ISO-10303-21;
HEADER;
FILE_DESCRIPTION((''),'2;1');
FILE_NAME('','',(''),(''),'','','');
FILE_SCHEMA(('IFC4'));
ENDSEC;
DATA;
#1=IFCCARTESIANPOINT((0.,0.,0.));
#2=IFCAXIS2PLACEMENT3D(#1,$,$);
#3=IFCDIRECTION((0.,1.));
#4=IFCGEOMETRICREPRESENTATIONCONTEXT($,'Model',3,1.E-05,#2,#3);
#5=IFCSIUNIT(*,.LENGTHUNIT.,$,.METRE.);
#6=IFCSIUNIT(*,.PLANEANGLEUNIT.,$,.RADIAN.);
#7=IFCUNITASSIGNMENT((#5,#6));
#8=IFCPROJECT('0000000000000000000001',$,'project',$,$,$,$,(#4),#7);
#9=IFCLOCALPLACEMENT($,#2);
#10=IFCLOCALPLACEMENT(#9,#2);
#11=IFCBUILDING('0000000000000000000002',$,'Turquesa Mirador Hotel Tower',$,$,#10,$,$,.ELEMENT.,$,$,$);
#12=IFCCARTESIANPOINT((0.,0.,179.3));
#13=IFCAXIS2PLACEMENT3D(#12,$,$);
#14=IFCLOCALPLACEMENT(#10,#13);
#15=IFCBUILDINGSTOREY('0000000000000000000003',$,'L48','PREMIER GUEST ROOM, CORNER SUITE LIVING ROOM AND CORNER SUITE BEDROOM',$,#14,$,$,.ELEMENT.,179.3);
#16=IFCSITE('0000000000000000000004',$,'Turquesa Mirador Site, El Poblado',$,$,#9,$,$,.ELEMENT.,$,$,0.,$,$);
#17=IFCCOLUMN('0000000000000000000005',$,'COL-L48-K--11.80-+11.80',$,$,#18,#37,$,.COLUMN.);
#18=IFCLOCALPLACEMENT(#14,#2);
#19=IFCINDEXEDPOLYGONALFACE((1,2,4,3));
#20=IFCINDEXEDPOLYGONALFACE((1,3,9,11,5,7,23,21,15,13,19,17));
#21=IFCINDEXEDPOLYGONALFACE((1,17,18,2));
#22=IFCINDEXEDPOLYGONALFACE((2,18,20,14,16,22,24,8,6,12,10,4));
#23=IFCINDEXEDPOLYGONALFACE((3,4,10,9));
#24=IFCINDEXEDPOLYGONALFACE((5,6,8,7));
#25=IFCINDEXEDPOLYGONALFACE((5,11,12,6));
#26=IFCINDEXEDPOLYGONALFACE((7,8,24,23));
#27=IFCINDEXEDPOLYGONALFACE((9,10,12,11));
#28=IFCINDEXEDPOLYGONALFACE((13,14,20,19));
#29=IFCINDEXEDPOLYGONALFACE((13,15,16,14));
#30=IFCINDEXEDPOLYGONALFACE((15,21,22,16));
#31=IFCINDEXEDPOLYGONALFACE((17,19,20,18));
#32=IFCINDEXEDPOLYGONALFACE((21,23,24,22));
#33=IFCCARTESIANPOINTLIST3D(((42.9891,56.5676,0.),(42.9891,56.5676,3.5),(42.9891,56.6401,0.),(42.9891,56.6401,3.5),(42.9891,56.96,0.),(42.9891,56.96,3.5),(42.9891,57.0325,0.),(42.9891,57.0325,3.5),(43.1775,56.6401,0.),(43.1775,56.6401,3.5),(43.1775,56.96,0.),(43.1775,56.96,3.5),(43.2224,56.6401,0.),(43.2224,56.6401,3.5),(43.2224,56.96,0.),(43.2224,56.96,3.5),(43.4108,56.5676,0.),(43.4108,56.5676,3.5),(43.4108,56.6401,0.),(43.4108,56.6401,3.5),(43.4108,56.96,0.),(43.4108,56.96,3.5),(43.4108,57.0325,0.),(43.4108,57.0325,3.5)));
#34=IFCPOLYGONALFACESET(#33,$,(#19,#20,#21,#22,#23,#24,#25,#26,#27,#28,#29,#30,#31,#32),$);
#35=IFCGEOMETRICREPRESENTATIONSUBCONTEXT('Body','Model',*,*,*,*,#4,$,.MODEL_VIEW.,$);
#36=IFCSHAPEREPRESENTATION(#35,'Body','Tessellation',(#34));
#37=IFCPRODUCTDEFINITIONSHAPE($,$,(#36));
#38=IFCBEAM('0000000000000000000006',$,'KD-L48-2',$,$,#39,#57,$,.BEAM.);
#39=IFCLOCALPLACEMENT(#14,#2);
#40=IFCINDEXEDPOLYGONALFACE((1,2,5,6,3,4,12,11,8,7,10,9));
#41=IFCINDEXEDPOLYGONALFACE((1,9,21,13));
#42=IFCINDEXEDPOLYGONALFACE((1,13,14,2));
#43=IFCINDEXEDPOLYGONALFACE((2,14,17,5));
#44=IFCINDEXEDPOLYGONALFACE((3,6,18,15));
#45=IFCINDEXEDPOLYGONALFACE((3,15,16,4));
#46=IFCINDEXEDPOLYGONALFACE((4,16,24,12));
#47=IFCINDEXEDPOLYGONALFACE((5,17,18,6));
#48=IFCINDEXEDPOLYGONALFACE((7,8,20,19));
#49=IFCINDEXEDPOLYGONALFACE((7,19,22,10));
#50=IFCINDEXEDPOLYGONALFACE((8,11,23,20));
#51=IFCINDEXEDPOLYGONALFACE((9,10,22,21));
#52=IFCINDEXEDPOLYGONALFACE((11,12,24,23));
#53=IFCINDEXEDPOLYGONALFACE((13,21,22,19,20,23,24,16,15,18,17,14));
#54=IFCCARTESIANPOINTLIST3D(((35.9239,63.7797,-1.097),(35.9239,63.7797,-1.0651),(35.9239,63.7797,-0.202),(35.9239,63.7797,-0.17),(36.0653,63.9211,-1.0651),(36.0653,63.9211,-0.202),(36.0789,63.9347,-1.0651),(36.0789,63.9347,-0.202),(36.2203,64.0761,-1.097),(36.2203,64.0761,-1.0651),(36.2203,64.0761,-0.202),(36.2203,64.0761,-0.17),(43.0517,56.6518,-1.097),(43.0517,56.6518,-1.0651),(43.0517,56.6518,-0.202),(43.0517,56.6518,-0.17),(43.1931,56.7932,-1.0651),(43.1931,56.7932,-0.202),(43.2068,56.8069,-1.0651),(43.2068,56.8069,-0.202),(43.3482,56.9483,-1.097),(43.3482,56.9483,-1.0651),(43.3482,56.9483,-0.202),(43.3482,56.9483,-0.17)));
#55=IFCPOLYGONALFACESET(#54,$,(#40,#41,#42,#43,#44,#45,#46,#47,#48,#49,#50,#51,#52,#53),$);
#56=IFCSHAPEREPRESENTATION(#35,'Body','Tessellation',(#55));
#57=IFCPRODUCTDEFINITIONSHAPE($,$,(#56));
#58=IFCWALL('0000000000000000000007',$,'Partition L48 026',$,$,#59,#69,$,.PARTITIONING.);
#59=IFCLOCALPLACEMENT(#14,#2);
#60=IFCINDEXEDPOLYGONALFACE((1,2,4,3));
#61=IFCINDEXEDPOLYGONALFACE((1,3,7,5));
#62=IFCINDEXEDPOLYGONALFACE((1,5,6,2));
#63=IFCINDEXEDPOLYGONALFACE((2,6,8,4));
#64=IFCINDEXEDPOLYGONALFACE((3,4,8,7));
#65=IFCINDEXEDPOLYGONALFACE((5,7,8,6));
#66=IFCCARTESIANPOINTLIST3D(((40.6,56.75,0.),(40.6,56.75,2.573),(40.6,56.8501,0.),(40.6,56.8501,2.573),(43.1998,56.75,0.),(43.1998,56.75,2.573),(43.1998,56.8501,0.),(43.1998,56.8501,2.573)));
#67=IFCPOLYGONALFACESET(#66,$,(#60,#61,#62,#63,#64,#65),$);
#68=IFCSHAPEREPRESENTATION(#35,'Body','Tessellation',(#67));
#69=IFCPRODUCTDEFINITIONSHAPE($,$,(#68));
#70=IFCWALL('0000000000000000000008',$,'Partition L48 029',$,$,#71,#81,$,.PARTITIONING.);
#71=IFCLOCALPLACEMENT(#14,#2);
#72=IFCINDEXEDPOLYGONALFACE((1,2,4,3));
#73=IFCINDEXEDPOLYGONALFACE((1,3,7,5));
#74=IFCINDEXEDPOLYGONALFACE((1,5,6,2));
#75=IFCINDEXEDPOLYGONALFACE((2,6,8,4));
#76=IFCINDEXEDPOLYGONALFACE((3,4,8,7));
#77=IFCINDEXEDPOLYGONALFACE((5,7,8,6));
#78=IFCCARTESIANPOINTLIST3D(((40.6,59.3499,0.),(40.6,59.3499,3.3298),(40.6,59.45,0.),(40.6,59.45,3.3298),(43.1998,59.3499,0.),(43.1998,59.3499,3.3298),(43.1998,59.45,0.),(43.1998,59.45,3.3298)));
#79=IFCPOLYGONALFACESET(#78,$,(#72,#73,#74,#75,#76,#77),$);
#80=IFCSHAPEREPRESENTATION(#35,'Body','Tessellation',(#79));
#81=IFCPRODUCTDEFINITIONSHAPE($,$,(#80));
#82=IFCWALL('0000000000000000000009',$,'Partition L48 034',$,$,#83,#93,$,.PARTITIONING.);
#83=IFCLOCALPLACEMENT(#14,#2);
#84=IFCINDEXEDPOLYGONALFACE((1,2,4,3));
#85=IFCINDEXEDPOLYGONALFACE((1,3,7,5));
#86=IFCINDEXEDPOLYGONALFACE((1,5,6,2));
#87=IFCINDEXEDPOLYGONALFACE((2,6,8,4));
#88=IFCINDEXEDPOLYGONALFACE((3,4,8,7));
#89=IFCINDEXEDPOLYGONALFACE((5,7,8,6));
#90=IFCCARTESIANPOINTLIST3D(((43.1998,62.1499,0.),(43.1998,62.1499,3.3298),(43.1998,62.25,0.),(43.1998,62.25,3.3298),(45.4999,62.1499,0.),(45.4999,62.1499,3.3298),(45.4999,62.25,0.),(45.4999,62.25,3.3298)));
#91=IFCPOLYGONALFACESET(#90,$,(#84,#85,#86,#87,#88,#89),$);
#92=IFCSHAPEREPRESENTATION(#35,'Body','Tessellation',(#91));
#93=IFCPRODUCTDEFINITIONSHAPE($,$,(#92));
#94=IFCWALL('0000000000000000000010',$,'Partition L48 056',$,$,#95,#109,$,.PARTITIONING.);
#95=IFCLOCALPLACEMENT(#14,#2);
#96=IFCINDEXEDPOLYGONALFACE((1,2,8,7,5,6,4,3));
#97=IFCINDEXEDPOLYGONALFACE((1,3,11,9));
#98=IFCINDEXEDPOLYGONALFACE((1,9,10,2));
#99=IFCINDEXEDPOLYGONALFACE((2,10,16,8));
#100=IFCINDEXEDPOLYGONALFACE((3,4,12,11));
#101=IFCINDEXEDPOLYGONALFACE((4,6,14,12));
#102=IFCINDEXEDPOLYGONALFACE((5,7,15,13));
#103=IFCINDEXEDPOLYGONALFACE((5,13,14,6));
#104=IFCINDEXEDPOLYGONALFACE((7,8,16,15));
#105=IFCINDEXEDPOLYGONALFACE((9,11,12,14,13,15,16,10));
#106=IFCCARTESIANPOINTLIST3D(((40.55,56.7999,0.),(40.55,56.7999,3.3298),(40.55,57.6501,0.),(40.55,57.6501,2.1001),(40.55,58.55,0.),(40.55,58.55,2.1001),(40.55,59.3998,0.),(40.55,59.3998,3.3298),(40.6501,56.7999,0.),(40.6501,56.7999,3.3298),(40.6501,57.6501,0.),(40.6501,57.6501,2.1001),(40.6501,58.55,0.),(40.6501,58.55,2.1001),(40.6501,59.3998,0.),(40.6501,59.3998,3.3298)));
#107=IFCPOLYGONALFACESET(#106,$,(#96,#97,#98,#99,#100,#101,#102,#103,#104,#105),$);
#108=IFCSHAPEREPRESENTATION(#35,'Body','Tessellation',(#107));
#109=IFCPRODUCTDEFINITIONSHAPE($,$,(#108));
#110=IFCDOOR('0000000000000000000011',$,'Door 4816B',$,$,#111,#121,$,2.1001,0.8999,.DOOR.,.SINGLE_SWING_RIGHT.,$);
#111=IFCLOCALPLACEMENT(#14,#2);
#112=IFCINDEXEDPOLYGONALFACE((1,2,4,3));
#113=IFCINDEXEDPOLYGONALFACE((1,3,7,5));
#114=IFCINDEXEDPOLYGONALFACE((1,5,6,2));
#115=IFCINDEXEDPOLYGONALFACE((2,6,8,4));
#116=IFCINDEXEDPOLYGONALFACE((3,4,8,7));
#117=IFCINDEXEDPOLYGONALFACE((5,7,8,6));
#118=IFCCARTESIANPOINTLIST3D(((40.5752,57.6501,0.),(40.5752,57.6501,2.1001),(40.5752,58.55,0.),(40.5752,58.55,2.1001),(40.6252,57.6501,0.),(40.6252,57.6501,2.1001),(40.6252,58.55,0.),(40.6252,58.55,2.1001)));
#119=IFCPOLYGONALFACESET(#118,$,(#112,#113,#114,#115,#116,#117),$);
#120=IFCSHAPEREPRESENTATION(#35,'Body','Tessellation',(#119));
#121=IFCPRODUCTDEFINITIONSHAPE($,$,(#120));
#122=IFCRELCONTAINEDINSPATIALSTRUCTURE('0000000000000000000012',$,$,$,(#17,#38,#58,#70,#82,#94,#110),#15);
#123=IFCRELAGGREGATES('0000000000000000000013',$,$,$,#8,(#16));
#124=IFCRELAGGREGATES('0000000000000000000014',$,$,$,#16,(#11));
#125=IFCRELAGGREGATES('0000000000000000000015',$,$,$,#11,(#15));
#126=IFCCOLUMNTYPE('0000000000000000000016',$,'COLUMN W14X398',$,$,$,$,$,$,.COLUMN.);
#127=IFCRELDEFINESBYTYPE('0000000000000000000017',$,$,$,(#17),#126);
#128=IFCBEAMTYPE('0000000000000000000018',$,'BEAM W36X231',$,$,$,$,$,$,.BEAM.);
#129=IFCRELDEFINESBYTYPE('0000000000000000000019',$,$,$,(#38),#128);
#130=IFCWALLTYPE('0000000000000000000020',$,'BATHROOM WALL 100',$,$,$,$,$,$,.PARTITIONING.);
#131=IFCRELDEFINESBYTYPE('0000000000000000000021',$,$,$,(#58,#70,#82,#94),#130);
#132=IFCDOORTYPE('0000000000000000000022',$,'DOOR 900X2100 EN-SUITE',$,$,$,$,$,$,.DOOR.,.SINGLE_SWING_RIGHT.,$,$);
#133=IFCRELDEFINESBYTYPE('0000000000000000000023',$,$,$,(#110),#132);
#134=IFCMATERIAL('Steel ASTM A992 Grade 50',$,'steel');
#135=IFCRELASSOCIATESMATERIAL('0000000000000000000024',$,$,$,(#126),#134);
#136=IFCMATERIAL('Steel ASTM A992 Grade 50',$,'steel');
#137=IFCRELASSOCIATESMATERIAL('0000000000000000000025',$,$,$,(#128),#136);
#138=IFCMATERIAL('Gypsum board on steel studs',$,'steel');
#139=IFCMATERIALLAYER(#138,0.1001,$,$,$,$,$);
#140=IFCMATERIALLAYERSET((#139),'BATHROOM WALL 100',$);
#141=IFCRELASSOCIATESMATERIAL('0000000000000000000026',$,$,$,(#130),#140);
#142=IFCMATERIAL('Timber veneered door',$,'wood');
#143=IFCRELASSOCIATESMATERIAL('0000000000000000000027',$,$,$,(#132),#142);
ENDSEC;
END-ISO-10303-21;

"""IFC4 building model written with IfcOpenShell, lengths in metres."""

from ifc_helpers import new_model, si_unit, direction, frame, frame_2d, origin, origin_2d, place, context, subcontext, project, spatial, rectangle, i_section, extrude, material, layer, layer_set, material_profile, profile_set, type_object, element, fill, save


model = new_model("IFC4")

# Units and contexts
model_context = context("Model", 3, precision=1e-05, world=origin(), true_north=direction((0.0, 1.0)))
body_context = subcontext(model_context, "Body", "Model", "MODEL_VIEW")
ifc_project = project(units=[si_unit("LENGTHUNIT", "METRE"), si_unit("PLANEANGLEUNIT", "RADIAN")], contexts=[model_context])

# Site, building, storey
site_placement = place(None, origin())
site = spatial("IfcSite", under=ifc_project, at=site_placement, Name="Turquesa Mirador Site, El Poblado", CompositionType="ELEMENT", RefElevation=0.0)
building_placement = place(site_placement, origin())
building = spatial("IfcBuilding", under=site, at=building_placement, Name="Turquesa Mirador Hotel Tower", CompositionType="ELEMENT")
storey_placement = place(building_placement, frame((0.0, 0.0, 179.3)))
storey = spatial("IfcBuildingStorey", under=building, at=storey_placement, Name="L48", Description="PREMIER GUEST ROOM, CORNER SUITE LIVING ROOM AND CORNER SUITE BEDROOM", CompositionType="ELEMENT", Elevation=179.3)

# Column
ifc_material_1 = material(Name="Steel ASTM A992 Grade 50", Category="steel")
ifc_material_profile_1 = material_profile(ifc_material_1, i_section(OverallWidth=0.4216, OverallDepth=0.4648, WebThickness=0.0449, FlangeThickness=0.0725, at=origin_2d()), Name="W14X398")
ifc_profile_set_1 = profile_set([ifc_material_profile_1], Name="Steel ASTM A992 Grade 50")
column_type = type_object("IfcColumnType", Name="COLUMN W14X398", PredefinedType="COLUMN", material=ifc_profile_set_1)
column_placement = place(storey_placement, frame((43.2, 56.8, 0.0), z_axis=(0.0, 0.0, 1.0), x_axis=(1.0, 0.0, 0.0)))
element("IfcColumn", 1, at=column_placement, inside=storey, type_object=column_type, Name="COL-L48-K--11.80-+11.80", PredefinedType="COLUMN", context=body_context, shape_type="SweptSolid", body=[
    extrude(i_section(OverallWidth=0.4216, OverallDepth=0.4648, WebThickness=0.0449, FlangeThickness=0.0725, at=origin_2d()), origin(), (0.0, 0.0, 1.0), 3.5),
])

# Beam
ifc_material_2 = material(Name="Steel ASTM A992 Grade 50", Category="steel")
ifc_material_profile_2 = material_profile(ifc_material_2, i_section(OverallWidth=0.4192, OverallDepth=0.927, WebThickness=0.0193, FlangeThickness=0.032, at=origin_2d()), Name="W36X231")
ifc_profile_set_2 = profile_set([ifc_material_profile_2], Name="Steel ASTM A992 Grade 50")
beam_type = type_object("IfcBeamType", Name="BEAM W36X231", PredefinedType="BEAM", material=ifc_profile_set_2)
beam_placement = place(storey_placement, frame((43.2, 56.8, -0.6335), z_axis=(-0.707107, 0.707107, 0.0), x_axis=(-0.707107, -0.707107, 0.0)))
element("IfcBeam", 2, at=beam_placement, inside=storey, type_object=beam_type, Name="KD-L48-2", PredefinedType="BEAM", context=body_context, shape_type="SweptSolid", body=[
    extrude(i_section(OverallWidth=0.4192, OverallDepth=0.927, WebThickness=0.0193, FlangeThickness=0.032, at=origin_2d()), origin(), (0.0, 0.0, 1.0), 10.0803),
])

# Walls
ifc_material_3 = material(Name="Gypsum board on steel studs", Category="steel")
ifc_layer_1 = layer(ifc_material_3, 0.1001)
ifc_layer_set_1 = layer_set([ifc_layer_1], Name="BATHROOM WALL 100")
wall_type_1 = type_object("IfcWallType", Name="BATHROOM WALL 100", PredefinedType="PARTITIONING", material=ifc_layer_set_1)
wall_1_placement = place(storey_placement, frame((40.6001, 56.8, 0.0), z_axis=(0.0, 0.0, 1.0), x_axis=(1.0, 0.0, 0.0)))
element("IfcWall", 3, at=wall_1_placement, inside=storey, type_object=wall_type_1, Name="Partition L48 026", PredefinedType="PARTITIONING", context=body_context, shape_type="SweptSolid", body=[
    extrude(rectangle(XDim=2.5999, YDim=0.1001, at=frame_2d((1.2998, 0.0))), origin(), (0.0, 0.0, 1.0), 2.573),
])
wall_2_placement = place(storey_placement, frame((40.6001, 59.3999, 0.0), z_axis=(0.0, 0.0, 1.0), x_axis=(1.0, 0.0, 0.0)))
element("IfcWall", 4, at=wall_2_placement, inside=storey, type_object=wall_type_1, Name="Partition L48 029", PredefinedType="PARTITIONING", context=body_context, shape_type="SweptSolid", body=[
    extrude(rectangle(XDim=2.5999, YDim=0.1001, at=frame_2d((1.2998, 0.0))), origin(), (0.0, 0.0, 1.0), 3.3298),
])
wall_3_placement = place(storey_placement, frame((43.2, 62.2, 0.0), z_axis=(0.0, 0.0, 1.0), x_axis=(1.0, 0.0, 0.0)))
element("IfcWall", 5, at=wall_3_placement, inside=storey, type_object=wall_type_1, Name="Partition L48 034", PredefinedType="PARTITIONING", context=body_context, shape_type="SweptSolid", body=[
    extrude(rectangle(XDim=2.3, YDim=0.1001, at=frame_2d((1.1499, 0.0))), origin(), (0.0, 0.0, 1.0), 3.3298),
])

# Wall, opening, door
wall_4_placement = place(storey_placement, frame((40.6001, 56.8, 0.0), z_axis=(0.0, 0.0, 1.0), x_axis=(0.0, 1.0, 0.0)))
wall_4 = element("IfcWall", 6, at=wall_4_placement, inside=storey, type_object=wall_type_1, Name="Partition L48 056", PredefinedType="PARTITIONING", context=body_context, shape_type="SweptSolid", body=[
    extrude(rectangle(XDim=2.5999, YDim=0.1001, at=frame_2d((1.2998, 0.0))), origin(), (0.0, 0.0, 1.0), 3.3298),
])
opening_1_placement = place(wall_4_placement, frame((0.8501, 0.0, 0.0)))
opening_1 = element("IfcOpeningElement", 7, at=opening_1_placement, cuts=wall_4, PredefinedType="OPENING", context=body_context, shape_type="SweptSolid", body=[
    extrude(rectangle(XDim=0.8999, YDim=2.1001, at=frame_2d((0.45, 1.05))), frame((0.0, 0.0601, 0.0), z_axis=(0.0, -1.0, 0.0), x_axis=(1.0, 0.0, 0.0)), (0.0, 0.0, 1.0), 0.1201),
])
ifc_material_4 = material(Name="Timber veneered door", Category="wood")
door_type_1 = type_object("IfcDoorType", Name="DOOR 900X2100 EN-SUITE", OperationType="SINGLE_SWING_RIGHT", PredefinedType="DOOR", material=ifc_material_4)
door_1_placement = place(opening_1_placement, origin())
door_1 = element("IfcDoor", 8, at=door_1_placement, inside=storey, type_object=door_type_1, Name="Door 4816B", OperationType="SINGLE_SWING_RIGHT", OverallHeight=2.1001, OverallWidth=0.8999, PredefinedType="DOOR", context=body_context, shape_type="SweptSolid", body=[
    extrude(rectangle(XDim=0.8999, YDim=2.1001, at=frame_2d((0.45, 1.05))), frame((0.0, 0.0249, 0.0), z_axis=(0.0, -1.0, 0.0), x_axis=(1.0, 0.0, 0.0)), (0.0, 0.0, 1.0), 0.05),
])
fill(opening_1, door_1)

save(model, "model.ifc")
